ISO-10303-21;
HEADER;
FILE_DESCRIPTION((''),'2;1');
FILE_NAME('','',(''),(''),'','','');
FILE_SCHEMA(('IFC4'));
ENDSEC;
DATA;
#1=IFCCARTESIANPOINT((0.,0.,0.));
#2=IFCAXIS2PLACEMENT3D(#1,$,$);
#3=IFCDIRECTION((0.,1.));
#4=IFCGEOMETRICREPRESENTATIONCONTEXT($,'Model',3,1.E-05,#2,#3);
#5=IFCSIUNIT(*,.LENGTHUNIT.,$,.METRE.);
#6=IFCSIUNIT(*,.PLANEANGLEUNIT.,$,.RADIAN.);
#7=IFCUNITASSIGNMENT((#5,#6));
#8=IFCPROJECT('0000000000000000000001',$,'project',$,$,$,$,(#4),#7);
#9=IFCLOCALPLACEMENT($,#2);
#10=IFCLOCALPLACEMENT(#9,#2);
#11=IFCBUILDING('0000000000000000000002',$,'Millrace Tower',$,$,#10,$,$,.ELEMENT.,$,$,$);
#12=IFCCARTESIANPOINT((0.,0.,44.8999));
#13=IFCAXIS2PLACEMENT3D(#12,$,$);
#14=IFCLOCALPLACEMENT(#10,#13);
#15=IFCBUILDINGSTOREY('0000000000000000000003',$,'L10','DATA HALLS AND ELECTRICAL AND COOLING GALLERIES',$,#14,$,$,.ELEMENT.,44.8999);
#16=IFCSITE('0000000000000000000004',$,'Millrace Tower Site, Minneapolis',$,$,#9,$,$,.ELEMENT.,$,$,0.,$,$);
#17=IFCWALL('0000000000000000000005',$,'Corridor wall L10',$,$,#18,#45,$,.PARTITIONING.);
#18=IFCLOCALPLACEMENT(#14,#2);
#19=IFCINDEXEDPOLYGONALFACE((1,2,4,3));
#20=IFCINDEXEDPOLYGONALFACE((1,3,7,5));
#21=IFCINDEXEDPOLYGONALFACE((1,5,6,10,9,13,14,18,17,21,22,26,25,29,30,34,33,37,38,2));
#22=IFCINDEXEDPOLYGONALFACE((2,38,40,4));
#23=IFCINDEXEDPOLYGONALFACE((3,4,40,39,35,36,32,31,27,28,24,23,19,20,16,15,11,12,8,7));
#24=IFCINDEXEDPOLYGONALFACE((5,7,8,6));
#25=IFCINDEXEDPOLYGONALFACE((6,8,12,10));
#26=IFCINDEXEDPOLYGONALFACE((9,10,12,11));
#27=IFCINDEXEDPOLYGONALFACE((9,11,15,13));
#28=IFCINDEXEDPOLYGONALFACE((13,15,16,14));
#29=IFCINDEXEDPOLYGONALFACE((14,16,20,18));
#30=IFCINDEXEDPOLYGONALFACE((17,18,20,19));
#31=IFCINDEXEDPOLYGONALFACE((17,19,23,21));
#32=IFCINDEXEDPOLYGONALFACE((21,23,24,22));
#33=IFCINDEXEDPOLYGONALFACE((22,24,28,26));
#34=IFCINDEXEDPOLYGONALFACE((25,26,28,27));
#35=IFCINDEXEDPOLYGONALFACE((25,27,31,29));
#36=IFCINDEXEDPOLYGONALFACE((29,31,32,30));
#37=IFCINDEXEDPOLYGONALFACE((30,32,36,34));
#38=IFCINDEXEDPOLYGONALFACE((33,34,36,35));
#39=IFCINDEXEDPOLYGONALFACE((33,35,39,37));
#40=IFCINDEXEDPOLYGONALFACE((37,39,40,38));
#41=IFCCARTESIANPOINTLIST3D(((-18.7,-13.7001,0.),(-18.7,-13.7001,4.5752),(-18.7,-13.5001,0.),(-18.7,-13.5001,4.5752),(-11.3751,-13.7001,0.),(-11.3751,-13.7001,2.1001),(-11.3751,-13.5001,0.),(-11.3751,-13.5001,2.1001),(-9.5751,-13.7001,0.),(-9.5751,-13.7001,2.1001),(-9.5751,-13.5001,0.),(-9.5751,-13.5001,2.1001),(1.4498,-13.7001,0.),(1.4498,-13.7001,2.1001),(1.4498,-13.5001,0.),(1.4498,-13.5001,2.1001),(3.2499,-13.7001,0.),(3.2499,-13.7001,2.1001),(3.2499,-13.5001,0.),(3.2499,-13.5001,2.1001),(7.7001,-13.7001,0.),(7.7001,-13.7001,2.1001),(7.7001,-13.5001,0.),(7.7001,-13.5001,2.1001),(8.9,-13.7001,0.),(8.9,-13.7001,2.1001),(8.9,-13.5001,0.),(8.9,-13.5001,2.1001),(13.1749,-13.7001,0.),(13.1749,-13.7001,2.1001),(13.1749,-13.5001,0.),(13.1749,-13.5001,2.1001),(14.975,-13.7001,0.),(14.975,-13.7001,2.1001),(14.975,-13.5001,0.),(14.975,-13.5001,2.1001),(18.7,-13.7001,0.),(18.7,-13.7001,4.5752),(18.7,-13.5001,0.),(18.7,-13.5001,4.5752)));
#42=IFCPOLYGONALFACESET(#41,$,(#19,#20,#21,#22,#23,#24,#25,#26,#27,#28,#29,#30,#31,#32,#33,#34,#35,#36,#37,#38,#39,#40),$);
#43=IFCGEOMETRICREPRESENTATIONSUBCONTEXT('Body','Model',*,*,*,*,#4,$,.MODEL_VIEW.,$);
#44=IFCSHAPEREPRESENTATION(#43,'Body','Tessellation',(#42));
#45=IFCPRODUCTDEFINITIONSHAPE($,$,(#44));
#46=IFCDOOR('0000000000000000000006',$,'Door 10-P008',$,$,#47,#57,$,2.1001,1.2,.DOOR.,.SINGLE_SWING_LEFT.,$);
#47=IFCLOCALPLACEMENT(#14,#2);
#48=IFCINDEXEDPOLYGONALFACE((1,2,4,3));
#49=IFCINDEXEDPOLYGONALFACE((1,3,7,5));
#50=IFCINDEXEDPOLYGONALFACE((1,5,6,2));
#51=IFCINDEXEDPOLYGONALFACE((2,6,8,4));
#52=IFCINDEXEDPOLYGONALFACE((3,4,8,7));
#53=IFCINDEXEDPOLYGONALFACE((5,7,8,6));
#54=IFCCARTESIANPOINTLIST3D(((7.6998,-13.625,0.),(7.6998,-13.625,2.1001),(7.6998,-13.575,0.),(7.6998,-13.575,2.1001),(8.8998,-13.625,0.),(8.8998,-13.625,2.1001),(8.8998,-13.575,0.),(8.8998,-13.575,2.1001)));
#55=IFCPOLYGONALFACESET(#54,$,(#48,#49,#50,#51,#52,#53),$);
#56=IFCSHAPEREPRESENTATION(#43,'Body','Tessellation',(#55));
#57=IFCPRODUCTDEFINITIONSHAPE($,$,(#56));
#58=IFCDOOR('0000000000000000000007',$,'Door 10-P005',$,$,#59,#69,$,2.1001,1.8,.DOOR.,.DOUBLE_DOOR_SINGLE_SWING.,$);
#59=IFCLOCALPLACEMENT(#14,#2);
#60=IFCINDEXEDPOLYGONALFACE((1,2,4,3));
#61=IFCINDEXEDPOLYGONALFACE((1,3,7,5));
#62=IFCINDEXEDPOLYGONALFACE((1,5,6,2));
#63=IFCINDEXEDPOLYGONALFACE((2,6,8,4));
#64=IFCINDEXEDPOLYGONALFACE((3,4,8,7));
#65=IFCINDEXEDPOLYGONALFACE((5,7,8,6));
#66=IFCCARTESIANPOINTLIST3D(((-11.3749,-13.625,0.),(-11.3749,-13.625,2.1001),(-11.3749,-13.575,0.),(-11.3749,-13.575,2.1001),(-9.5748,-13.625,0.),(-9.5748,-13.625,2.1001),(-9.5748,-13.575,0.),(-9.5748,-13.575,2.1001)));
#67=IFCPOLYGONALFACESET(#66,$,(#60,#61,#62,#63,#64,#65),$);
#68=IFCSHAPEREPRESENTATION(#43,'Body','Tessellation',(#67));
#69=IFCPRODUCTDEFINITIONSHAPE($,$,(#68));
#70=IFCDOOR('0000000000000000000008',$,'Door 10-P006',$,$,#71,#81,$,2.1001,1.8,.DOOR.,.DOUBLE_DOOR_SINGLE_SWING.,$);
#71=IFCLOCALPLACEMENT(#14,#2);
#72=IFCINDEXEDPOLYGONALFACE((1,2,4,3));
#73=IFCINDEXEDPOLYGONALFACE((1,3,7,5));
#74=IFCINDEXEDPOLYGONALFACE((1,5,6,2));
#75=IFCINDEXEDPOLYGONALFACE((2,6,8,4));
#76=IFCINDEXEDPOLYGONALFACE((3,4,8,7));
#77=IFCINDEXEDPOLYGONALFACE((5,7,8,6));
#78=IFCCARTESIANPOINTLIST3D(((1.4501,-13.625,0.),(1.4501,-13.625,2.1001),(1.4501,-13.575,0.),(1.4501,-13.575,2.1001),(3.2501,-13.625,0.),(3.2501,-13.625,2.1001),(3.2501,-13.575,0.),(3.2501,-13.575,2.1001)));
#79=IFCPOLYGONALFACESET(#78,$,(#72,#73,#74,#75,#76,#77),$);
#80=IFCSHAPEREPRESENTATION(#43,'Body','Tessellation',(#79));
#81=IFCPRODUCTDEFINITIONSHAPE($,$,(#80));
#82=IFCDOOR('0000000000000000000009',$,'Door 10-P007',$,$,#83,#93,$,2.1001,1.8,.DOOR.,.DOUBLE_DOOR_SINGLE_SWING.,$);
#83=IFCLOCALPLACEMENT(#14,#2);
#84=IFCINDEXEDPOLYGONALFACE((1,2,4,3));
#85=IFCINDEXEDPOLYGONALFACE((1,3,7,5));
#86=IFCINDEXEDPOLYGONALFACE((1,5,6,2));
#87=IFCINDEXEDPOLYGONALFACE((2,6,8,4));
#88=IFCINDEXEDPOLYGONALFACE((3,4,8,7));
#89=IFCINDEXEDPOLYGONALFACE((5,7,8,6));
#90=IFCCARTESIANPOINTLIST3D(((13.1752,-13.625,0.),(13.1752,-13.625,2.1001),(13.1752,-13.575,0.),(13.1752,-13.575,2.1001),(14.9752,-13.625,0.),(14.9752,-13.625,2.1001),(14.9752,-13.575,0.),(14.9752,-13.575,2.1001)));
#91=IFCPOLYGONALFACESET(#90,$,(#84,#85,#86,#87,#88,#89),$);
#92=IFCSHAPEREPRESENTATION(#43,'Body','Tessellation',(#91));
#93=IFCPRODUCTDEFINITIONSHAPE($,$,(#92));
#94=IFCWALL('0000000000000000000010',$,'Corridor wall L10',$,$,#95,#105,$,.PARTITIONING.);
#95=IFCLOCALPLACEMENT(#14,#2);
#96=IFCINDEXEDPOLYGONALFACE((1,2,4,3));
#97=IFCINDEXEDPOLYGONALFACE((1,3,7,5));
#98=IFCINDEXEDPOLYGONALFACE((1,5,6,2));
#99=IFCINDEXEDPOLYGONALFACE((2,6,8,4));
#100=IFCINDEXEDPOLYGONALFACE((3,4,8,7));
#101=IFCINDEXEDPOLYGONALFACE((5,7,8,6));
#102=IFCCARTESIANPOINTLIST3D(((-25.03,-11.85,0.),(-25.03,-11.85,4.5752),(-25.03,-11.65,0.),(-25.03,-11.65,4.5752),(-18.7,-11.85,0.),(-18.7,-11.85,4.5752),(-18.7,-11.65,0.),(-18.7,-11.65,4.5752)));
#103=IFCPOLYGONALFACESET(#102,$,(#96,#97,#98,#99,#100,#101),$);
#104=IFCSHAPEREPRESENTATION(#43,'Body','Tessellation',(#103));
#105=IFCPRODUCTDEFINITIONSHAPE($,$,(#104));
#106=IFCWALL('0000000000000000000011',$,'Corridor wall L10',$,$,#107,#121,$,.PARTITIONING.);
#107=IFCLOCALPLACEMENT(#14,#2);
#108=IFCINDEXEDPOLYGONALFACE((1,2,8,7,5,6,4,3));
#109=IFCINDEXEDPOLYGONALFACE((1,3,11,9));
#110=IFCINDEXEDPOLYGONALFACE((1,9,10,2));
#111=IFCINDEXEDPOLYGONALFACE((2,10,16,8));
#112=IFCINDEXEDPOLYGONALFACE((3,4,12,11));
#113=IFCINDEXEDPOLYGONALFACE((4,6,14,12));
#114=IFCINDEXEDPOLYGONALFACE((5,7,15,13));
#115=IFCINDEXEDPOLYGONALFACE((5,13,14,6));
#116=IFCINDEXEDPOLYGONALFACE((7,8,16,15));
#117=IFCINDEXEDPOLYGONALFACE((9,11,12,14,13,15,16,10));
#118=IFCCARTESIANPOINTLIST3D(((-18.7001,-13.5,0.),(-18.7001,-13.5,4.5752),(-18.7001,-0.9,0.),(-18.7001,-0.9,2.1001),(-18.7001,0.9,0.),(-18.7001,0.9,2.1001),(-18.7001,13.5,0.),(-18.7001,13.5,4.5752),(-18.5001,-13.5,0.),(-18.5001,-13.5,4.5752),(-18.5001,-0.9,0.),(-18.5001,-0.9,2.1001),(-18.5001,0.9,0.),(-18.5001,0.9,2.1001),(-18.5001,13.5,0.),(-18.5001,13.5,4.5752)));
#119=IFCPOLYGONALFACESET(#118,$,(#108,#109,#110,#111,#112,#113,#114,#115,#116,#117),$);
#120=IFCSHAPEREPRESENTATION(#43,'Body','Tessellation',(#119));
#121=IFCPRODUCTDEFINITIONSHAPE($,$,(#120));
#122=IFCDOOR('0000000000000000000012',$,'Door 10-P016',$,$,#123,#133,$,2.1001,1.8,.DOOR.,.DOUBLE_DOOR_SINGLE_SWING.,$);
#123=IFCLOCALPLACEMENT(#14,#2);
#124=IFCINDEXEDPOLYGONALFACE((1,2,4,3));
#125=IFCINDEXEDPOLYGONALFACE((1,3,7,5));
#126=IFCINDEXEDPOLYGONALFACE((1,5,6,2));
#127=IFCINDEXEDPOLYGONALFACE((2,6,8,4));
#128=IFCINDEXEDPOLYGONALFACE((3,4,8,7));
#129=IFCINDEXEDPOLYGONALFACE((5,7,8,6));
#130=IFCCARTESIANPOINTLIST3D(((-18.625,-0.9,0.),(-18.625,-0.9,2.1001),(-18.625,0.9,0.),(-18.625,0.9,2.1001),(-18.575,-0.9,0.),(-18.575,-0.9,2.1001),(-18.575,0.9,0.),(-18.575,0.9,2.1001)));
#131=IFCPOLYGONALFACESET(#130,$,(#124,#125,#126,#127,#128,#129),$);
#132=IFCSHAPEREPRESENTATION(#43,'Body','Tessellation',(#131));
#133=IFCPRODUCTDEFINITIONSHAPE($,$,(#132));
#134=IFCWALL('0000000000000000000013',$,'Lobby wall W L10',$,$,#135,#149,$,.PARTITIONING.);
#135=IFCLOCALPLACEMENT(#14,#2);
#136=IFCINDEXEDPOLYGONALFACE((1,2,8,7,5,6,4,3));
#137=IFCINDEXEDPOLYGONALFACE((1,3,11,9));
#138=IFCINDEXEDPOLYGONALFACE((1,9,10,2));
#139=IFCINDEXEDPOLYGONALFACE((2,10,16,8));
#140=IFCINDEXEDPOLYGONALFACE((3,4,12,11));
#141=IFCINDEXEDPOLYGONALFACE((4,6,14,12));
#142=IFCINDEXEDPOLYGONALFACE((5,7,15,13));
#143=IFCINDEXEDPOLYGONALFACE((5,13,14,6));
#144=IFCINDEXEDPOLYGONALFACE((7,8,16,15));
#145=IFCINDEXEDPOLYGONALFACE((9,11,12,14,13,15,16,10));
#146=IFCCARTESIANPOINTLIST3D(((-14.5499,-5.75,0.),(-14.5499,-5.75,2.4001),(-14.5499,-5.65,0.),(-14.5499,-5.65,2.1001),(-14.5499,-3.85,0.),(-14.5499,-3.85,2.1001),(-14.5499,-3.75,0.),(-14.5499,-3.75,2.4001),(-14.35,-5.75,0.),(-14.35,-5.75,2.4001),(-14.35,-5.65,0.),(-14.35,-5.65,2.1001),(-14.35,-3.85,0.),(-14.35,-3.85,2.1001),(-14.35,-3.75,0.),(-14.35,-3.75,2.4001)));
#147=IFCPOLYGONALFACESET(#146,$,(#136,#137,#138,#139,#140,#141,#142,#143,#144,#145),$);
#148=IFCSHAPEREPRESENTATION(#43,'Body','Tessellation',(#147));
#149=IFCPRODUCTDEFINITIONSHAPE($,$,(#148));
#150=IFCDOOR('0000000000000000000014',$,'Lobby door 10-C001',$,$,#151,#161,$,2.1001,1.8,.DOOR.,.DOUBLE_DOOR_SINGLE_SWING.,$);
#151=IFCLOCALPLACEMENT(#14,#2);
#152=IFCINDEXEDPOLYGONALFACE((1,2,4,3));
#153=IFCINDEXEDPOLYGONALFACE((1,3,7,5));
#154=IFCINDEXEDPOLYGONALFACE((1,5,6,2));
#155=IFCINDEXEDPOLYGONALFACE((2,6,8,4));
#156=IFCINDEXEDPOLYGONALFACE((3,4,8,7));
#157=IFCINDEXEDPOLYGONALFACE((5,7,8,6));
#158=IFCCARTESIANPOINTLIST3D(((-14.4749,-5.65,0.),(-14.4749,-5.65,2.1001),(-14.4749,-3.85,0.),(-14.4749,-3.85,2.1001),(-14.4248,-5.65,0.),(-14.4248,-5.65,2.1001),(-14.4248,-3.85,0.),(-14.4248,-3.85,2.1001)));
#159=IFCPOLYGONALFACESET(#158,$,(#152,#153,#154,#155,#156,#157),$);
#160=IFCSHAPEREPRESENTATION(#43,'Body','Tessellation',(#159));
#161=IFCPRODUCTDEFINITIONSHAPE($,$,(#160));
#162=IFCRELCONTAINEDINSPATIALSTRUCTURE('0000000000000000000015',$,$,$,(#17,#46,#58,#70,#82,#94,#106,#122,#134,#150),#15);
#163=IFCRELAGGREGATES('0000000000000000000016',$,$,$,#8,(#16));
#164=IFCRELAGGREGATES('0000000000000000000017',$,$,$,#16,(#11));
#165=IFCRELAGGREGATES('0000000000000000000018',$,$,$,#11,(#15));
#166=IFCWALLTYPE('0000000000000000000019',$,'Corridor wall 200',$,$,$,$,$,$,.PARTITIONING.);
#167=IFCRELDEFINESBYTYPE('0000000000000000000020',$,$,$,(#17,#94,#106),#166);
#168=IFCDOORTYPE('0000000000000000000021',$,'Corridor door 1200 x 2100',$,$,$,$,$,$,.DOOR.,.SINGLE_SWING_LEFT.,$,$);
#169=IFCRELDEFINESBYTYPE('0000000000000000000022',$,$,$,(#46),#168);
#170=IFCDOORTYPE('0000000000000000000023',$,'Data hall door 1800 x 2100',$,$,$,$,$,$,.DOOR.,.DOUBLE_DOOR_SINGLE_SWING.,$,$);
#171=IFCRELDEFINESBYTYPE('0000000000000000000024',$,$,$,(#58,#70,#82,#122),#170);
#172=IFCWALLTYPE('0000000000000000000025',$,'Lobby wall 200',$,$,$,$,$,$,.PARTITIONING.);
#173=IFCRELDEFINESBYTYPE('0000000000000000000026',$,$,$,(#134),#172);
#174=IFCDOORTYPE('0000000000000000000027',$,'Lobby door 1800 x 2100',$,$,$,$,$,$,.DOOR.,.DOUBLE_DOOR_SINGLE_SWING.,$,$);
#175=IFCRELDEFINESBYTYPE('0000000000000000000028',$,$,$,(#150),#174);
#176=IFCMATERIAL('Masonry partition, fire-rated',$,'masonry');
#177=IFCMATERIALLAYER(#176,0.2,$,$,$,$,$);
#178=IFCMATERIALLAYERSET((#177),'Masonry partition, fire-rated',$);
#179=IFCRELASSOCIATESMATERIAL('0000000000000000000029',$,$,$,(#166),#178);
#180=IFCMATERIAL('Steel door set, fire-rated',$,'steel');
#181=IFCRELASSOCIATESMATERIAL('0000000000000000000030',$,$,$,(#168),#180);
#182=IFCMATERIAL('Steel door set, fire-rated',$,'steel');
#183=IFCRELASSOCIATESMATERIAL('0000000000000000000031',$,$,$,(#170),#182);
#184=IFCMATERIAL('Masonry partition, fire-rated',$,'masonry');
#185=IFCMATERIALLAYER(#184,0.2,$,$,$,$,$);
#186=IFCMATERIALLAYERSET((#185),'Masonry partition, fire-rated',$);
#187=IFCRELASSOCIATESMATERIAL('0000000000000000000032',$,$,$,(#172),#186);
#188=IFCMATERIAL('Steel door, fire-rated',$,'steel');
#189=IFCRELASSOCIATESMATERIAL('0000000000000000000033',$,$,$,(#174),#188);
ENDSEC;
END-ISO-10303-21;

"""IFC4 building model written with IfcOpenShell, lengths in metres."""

from ifc_helpers import new_model, si_unit, direction, frame, frame_2d, origin, place, context, subcontext, project, spatial, rectangle, extrude, material, layer, layer_set, type_object, element, fill, save


model = new_model("IFC4")

# Units and contexts
model_context = context("Model", 3, precision=1e-05, world=origin(), true_north=direction((0.0, 1.0)))
body_context = subcontext(model_context, "Body", "Model", "MODEL_VIEW")
ifc_project = project(units=[si_unit("LENGTHUNIT", "METRE"), si_unit("PLANEANGLEUNIT", "RADIAN")], contexts=[model_context])

# Site, building, storey
site_placement = place(None, origin())
site = spatial("IfcSite", under=ifc_project, at=site_placement, Name="Millrace Tower Site, Minneapolis", CompositionType="ELEMENT", RefElevation=0.0)
building_placement = place(site_placement, origin())
building = spatial("IfcBuilding", under=site, at=building_placement, Name="Millrace Tower", CompositionType="ELEMENT")
storey_placement = place(building_placement, frame((0.0, 0.0, 44.8999)))
storey = spatial("IfcBuildingStorey", under=building, at=storey_placement, Name="L10", Description="DATA HALLS AND ELECTRICAL AND COOLING GALLERIES", CompositionType="ELEMENT", Elevation=44.8999)

# Wall, openings, doors
ifc_material_1 = material(Name="Masonry partition, fire-rated", Category="masonry")
ifc_layer_1 = layer(ifc_material_1, 0.2)
ifc_layer_set_1 = layer_set([ifc_layer_1], Name="Masonry partition, fire-rated")
wall_type_1 = type_object("IfcWallType", Name="Corridor wall 200", PredefinedType="PARTITIONING", material=ifc_layer_set_1)
wall_1_placement = place(storey_placement, frame((-18.7, -13.6001, 0.0), z_axis=(0.0, 0.0, 1.0), x_axis=(1.0, 0.0, 0.0)))
wall_1 = element("IfcWall", 1, at=wall_1_placement, inside=storey, type_object=wall_type_1, Name="Corridor wall L10", PredefinedType="PARTITIONING", context=body_context, shape_type="SweptSolid", body=[
    extrude(rectangle(XDim=37.3999, YDim=0.2, at=frame_2d((18.7, 0.0))), origin(), (0.0, 0.0, 1.0), 4.5752),
])
opening_1_placement = place(wall_1_placement, frame((7.325, 0.0, 0.0)))
opening_1 = element("IfcOpeningElement", 2, at=opening_1_placement, cuts=wall_1, PredefinedType="OPENING", context=body_context, shape_type="SweptSolid", body=[
    extrude(rectangle(XDim=1.8, YDim=2.1001, at=frame_2d((0.8999, 1.05))), frame((0.0, 0.1099, 0.0), z_axis=(0.0, -1.0, 0.0), x_axis=(1.0, 0.0, 0.0)), (0.0, 0.0, 1.0), 0.22),
])
opening_2_placement = place(wall_1_placement, frame((20.1499, 0.0, 0.0)))
opening_2 = element("IfcOpeningElement", 3, at=opening_2_placement, cuts=wall_1, PredefinedType="OPENING", context=body_context, shape_type="SweptSolid", body=[
    extrude(rectangle(XDim=1.8, YDim=2.1001, at=frame_2d((0.8999, 1.05))), frame((0.0, 0.1099, 0.0), z_axis=(0.0, -1.0, 0.0), x_axis=(1.0, 0.0, 0.0)), (0.0, 0.0, 1.0), 0.22),
])
opening_3_placement = place(wall_1_placement, frame((31.875, 0.0, 0.0)))
opening_3 = element("IfcOpeningElement", 4, at=opening_3_placement, cuts=wall_1, PredefinedType="OPENING", context=body_context, shape_type="SweptSolid", body=[
    extrude(rectangle(XDim=1.8, YDim=2.1001, at=frame_2d((0.8999, 1.05))), frame((0.0, 0.1099, 0.0), z_axis=(0.0, -1.0, 0.0), x_axis=(1.0, 0.0, 0.0)), (0.0, 0.0, 1.0), 0.22),
])
opening_4_placement = place(wall_1_placement, frame((26.3999, 0.0, 0.0)))
opening_4 = element("IfcOpeningElement", 5, at=opening_4_placement, cuts=wall_1, PredefinedType="OPENING", context=body_context, shape_type="SweptSolid", body=[
    extrude(rectangle(XDim=1.2, YDim=2.1001, at=frame_2d((0.6001, 1.05))), frame((0.0, 0.1099, 0.0), z_axis=(0.0, -1.0, 0.0), x_axis=(1.0, 0.0, 0.0)), (0.0, 0.0, 1.0), 0.22),
])
ifc_material_2 = material(Name="Steel door set, fire-rated", Category="steel")
door_type_1 = type_object("IfcDoorType", Name="Corridor door 1200 x 2100", OperationType="SINGLE_SWING_LEFT", PredefinedType="DOOR", material=ifc_material_2)
door_1_placement = place(opening_4_placement, frame((1.2, 0.0, 0.0), z_axis=(0.0, 0.0, 1.0), x_axis=(-1.0, 0.0, 0.0)))
door_1 = element("IfcDoor", 6, at=door_1_placement, inside=storey, type_object=door_type_1, Name="Door 10-P008", OperationType="SINGLE_SWING_LEFT", OverallHeight=2.1001, OverallWidth=1.2, PredefinedType="DOOR", context=body_context, shape_type="SweptSolid", body=[
    extrude(rectangle(XDim=1.2, YDim=2.1001, at=frame_2d((0.6001, 1.05))), frame((0.0, 0.0249, 0.0), z_axis=(0.0, -1.0, 0.0), x_axis=(1.0, 0.0, 0.0)), (0.0, 0.0, 1.0), 0.05),
])
fill(opening_4, door_1)
ifc_material_3 = material(Name="Steel door set, fire-rated", Category="steel")
door_type_2 = type_object("IfcDoorType", Name="Data hall door 1800 x 2100", OperationType="DOUBLE_DOOR_SINGLE_SWING", PredefinedType="DOOR", material=ifc_material_3)
door_2_placement = place(opening_1_placement, frame((1.8, 0.0, 0.0), z_axis=(0.0, 0.0, 1.0), x_axis=(-1.0, 0.0, 0.0)))
door_2 = element("IfcDoor", 7, at=door_2_placement, inside=storey, type_object=door_type_2, Name="Door 10-P005", OperationType="DOUBLE_DOOR_SINGLE_SWING", OverallHeight=2.1001, OverallWidth=1.8, PredefinedType="DOOR", context=body_context, shape_type="SweptSolid", body=[
    extrude(rectangle(XDim=1.8, YDim=2.1001, at=frame_2d((0.8999, 1.05))), frame((0.0, 0.0249, 0.0), z_axis=(0.0, -1.0, 0.0), x_axis=(1.0, 0.0, 0.0)), (0.0, 0.0, 1.0), 0.05),
])
fill(opening_1, door_2)
door_3_placement = place(opening_2_placement, frame((1.8, 0.0, 0.0), z_axis=(0.0, 0.0, 1.0), x_axis=(-1.0, 0.0, 0.0)))
door_3 = element("IfcDoor", 8, at=door_3_placement, inside=storey, type_object=door_type_2, Name="Door 10-P006", OperationType="DOUBLE_DOOR_SINGLE_SWING", OverallHeight=2.1001, OverallWidth=1.8, PredefinedType="DOOR", context=body_context, shape_type="SweptSolid", body=[
    extrude(rectangle(XDim=1.8, YDim=2.1001, at=frame_2d((0.8999, 1.05))), frame((0.0, 0.0249, 0.0), z_axis=(0.0, -1.0, 0.0), x_axis=(1.0, 0.0, 0.0)), (0.0, 0.0, 1.0), 0.05),
])
fill(opening_2, door_3)
door_4_placement = place(opening_3_placement, frame((1.8, 0.0, 0.0), z_axis=(0.0, 0.0, 1.0), x_axis=(-1.0, 0.0, 0.0)))
door_4 = element("IfcDoor", 9, at=door_4_placement, inside=storey, type_object=door_type_2, Name="Door 10-P007", OperationType="DOUBLE_DOOR_SINGLE_SWING", OverallHeight=2.1001, OverallWidth=1.8, PredefinedType="DOOR", context=body_context, shape_type="SweptSolid", body=[
    extrude(rectangle(XDim=1.8, YDim=2.1001, at=frame_2d((0.8999, 1.05))), frame((0.0, 0.0249, 0.0), z_axis=(0.0, -1.0, 0.0), x_axis=(1.0, 0.0, 0.0)), (0.0, 0.0, 1.0), 0.05),
])
fill(opening_3, door_4)

# Wall
wall_2_placement = place(storey_placement, frame((-25.03, -11.75, 0.0), z_axis=(0.0, 0.0, 1.0), x_axis=(1.0, 0.0, 0.0)))
element("IfcWall", 10, at=wall_2_placement, inside=storey, type_object=wall_type_1, Name="Corridor wall L10", PredefinedType="PARTITIONING", context=body_context, shape_type="SweptSolid", body=[
    extrude(rectangle(XDim=6.3301, YDim=0.2, at=frame_2d((3.165, 0.0))), origin(), (0.0, 0.0, 1.0), 4.5752),
])

# Walls, openings, doors
wall_3_placement = place(storey_placement, frame((-18.6001, -13.5, 0.0), z_axis=(0.0, 0.0, 1.0), x_axis=(0.0, 1.0, 0.0)))
wall_3 = element("IfcWall", 11, at=wall_3_placement, inside=storey, type_object=wall_type_1, Name="Corridor wall L10", PredefinedType="PARTITIONING", context=body_context, shape_type="SweptSolid", body=[
    extrude(rectangle(XDim=27.0, YDim=0.2, at=frame_2d((13.5, 0.0))), origin(), (0.0, 0.0, 1.0), 4.5752),
])
opening_5_placement = place(wall_3_placement, frame((12.6001, 0.0, 0.0)))
opening_5 = element("IfcOpeningElement", 12, at=opening_5_placement, cuts=wall_3, PredefinedType="OPENING", context=body_context, shape_type="SweptSolid", body=[
    extrude(rectangle(XDim=1.8, YDim=2.1001, at=frame_2d((0.8999, 1.05))), frame((0.0, 0.1099, 0.0), z_axis=(0.0, -1.0, 0.0), x_axis=(1.0, 0.0, 0.0)), (0.0, 0.0, 1.0), 0.22),
])
door_5_placement = place(opening_5_placement, origin())
door_5 = element("IfcDoor", 13, at=door_5_placement, inside=storey, type_object=door_type_2, Name="Door 10-P016", OperationType="DOUBLE_DOOR_SINGLE_SWING", OverallHeight=2.1001, OverallWidth=1.8, PredefinedType="DOOR", context=body_context, shape_type="SweptSolid", body=[
    extrude(rectangle(XDim=1.8, YDim=2.1001, at=frame_2d((0.8999, 1.05))), frame((0.0, 0.0249, 0.0), z_axis=(0.0, -1.0, 0.0), x_axis=(1.0, 0.0, 0.0)), (0.0, 0.0, 1.0), 0.05),
])
fill(opening_5, door_5)
ifc_material_4 = material(Name="Masonry partition, fire-rated", Category="masonry")
ifc_layer_2 = layer(ifc_material_4, 0.2)
ifc_layer_set_2 = layer_set([ifc_layer_2], Name="Masonry partition, fire-rated")
wall_type_2 = type_object("IfcWallType", Name="Lobby wall 200", PredefinedType="PARTITIONING", material=ifc_layer_set_2)
wall_4_placement = place(storey_placement, frame((-14.45, -5.75, 0.0), z_axis=(0.0, 0.0, 1.0), x_axis=(0.0, 1.0, 0.0)))
wall_4 = element("IfcWall", 14, at=wall_4_placement, inside=storey, type_object=wall_type_2, Name="Lobby wall W L10", PredefinedType="PARTITIONING", context=body_context, shape_type="SweptSolid", body=[
    extrude(rectangle(XDim=2.0, YDim=0.2, at=frame_2d((1.0, 0.0))), origin(), (0.0, 0.0, 1.0), 2.4001),
])
opening_6_placement = place(wall_4_placement, frame((0.1001, 0.0, 0.0)))
opening_6 = element("IfcOpeningElement", 15, at=opening_6_placement, cuts=wall_4, PredefinedType="OPENING", context=body_context, shape_type="SweptSolid", body=[
    extrude(rectangle(XDim=1.8, YDim=2.1001, at=frame_2d((0.8999, 1.05))), frame((0.0, 0.1099, 0.0), z_axis=(0.0, -1.0, 0.0), x_axis=(1.0, 0.0, 0.0)), (0.0, 0.0, 1.0), 0.22),
])
ifc_material_5 = material(Name="Steel door, fire-rated", Category="steel")
door_type_3 = type_object("IfcDoorType", Name="Lobby door 1800 x 2100", OperationType="DOUBLE_DOOR_SINGLE_SWING", PredefinedType="DOOR", material=ifc_material_5)
door_6_placement = place(opening_6_placement, origin())
door_6 = element("IfcDoor", 16, at=door_6_placement, inside=storey, type_object=door_type_3, Name="Lobby door 10-C001", OperationType="DOUBLE_DOOR_SINGLE_SWING", OverallHeight=2.1001, OverallWidth=1.8, PredefinedType="DOOR", context=body_context, shape_type="SweptSolid", body=[
    extrude(rectangle(XDim=1.8, YDim=2.1001, at=frame_2d((0.8999, 1.05))), frame((0.0, 0.0249, 0.0), z_axis=(0.0, -1.0, 0.0), x_axis=(1.0, 0.0, 0.0)), (0.0, 0.0, 1.0), 0.05),
])
fill(opening_6, door_6)

save(model, "model.ifc")
